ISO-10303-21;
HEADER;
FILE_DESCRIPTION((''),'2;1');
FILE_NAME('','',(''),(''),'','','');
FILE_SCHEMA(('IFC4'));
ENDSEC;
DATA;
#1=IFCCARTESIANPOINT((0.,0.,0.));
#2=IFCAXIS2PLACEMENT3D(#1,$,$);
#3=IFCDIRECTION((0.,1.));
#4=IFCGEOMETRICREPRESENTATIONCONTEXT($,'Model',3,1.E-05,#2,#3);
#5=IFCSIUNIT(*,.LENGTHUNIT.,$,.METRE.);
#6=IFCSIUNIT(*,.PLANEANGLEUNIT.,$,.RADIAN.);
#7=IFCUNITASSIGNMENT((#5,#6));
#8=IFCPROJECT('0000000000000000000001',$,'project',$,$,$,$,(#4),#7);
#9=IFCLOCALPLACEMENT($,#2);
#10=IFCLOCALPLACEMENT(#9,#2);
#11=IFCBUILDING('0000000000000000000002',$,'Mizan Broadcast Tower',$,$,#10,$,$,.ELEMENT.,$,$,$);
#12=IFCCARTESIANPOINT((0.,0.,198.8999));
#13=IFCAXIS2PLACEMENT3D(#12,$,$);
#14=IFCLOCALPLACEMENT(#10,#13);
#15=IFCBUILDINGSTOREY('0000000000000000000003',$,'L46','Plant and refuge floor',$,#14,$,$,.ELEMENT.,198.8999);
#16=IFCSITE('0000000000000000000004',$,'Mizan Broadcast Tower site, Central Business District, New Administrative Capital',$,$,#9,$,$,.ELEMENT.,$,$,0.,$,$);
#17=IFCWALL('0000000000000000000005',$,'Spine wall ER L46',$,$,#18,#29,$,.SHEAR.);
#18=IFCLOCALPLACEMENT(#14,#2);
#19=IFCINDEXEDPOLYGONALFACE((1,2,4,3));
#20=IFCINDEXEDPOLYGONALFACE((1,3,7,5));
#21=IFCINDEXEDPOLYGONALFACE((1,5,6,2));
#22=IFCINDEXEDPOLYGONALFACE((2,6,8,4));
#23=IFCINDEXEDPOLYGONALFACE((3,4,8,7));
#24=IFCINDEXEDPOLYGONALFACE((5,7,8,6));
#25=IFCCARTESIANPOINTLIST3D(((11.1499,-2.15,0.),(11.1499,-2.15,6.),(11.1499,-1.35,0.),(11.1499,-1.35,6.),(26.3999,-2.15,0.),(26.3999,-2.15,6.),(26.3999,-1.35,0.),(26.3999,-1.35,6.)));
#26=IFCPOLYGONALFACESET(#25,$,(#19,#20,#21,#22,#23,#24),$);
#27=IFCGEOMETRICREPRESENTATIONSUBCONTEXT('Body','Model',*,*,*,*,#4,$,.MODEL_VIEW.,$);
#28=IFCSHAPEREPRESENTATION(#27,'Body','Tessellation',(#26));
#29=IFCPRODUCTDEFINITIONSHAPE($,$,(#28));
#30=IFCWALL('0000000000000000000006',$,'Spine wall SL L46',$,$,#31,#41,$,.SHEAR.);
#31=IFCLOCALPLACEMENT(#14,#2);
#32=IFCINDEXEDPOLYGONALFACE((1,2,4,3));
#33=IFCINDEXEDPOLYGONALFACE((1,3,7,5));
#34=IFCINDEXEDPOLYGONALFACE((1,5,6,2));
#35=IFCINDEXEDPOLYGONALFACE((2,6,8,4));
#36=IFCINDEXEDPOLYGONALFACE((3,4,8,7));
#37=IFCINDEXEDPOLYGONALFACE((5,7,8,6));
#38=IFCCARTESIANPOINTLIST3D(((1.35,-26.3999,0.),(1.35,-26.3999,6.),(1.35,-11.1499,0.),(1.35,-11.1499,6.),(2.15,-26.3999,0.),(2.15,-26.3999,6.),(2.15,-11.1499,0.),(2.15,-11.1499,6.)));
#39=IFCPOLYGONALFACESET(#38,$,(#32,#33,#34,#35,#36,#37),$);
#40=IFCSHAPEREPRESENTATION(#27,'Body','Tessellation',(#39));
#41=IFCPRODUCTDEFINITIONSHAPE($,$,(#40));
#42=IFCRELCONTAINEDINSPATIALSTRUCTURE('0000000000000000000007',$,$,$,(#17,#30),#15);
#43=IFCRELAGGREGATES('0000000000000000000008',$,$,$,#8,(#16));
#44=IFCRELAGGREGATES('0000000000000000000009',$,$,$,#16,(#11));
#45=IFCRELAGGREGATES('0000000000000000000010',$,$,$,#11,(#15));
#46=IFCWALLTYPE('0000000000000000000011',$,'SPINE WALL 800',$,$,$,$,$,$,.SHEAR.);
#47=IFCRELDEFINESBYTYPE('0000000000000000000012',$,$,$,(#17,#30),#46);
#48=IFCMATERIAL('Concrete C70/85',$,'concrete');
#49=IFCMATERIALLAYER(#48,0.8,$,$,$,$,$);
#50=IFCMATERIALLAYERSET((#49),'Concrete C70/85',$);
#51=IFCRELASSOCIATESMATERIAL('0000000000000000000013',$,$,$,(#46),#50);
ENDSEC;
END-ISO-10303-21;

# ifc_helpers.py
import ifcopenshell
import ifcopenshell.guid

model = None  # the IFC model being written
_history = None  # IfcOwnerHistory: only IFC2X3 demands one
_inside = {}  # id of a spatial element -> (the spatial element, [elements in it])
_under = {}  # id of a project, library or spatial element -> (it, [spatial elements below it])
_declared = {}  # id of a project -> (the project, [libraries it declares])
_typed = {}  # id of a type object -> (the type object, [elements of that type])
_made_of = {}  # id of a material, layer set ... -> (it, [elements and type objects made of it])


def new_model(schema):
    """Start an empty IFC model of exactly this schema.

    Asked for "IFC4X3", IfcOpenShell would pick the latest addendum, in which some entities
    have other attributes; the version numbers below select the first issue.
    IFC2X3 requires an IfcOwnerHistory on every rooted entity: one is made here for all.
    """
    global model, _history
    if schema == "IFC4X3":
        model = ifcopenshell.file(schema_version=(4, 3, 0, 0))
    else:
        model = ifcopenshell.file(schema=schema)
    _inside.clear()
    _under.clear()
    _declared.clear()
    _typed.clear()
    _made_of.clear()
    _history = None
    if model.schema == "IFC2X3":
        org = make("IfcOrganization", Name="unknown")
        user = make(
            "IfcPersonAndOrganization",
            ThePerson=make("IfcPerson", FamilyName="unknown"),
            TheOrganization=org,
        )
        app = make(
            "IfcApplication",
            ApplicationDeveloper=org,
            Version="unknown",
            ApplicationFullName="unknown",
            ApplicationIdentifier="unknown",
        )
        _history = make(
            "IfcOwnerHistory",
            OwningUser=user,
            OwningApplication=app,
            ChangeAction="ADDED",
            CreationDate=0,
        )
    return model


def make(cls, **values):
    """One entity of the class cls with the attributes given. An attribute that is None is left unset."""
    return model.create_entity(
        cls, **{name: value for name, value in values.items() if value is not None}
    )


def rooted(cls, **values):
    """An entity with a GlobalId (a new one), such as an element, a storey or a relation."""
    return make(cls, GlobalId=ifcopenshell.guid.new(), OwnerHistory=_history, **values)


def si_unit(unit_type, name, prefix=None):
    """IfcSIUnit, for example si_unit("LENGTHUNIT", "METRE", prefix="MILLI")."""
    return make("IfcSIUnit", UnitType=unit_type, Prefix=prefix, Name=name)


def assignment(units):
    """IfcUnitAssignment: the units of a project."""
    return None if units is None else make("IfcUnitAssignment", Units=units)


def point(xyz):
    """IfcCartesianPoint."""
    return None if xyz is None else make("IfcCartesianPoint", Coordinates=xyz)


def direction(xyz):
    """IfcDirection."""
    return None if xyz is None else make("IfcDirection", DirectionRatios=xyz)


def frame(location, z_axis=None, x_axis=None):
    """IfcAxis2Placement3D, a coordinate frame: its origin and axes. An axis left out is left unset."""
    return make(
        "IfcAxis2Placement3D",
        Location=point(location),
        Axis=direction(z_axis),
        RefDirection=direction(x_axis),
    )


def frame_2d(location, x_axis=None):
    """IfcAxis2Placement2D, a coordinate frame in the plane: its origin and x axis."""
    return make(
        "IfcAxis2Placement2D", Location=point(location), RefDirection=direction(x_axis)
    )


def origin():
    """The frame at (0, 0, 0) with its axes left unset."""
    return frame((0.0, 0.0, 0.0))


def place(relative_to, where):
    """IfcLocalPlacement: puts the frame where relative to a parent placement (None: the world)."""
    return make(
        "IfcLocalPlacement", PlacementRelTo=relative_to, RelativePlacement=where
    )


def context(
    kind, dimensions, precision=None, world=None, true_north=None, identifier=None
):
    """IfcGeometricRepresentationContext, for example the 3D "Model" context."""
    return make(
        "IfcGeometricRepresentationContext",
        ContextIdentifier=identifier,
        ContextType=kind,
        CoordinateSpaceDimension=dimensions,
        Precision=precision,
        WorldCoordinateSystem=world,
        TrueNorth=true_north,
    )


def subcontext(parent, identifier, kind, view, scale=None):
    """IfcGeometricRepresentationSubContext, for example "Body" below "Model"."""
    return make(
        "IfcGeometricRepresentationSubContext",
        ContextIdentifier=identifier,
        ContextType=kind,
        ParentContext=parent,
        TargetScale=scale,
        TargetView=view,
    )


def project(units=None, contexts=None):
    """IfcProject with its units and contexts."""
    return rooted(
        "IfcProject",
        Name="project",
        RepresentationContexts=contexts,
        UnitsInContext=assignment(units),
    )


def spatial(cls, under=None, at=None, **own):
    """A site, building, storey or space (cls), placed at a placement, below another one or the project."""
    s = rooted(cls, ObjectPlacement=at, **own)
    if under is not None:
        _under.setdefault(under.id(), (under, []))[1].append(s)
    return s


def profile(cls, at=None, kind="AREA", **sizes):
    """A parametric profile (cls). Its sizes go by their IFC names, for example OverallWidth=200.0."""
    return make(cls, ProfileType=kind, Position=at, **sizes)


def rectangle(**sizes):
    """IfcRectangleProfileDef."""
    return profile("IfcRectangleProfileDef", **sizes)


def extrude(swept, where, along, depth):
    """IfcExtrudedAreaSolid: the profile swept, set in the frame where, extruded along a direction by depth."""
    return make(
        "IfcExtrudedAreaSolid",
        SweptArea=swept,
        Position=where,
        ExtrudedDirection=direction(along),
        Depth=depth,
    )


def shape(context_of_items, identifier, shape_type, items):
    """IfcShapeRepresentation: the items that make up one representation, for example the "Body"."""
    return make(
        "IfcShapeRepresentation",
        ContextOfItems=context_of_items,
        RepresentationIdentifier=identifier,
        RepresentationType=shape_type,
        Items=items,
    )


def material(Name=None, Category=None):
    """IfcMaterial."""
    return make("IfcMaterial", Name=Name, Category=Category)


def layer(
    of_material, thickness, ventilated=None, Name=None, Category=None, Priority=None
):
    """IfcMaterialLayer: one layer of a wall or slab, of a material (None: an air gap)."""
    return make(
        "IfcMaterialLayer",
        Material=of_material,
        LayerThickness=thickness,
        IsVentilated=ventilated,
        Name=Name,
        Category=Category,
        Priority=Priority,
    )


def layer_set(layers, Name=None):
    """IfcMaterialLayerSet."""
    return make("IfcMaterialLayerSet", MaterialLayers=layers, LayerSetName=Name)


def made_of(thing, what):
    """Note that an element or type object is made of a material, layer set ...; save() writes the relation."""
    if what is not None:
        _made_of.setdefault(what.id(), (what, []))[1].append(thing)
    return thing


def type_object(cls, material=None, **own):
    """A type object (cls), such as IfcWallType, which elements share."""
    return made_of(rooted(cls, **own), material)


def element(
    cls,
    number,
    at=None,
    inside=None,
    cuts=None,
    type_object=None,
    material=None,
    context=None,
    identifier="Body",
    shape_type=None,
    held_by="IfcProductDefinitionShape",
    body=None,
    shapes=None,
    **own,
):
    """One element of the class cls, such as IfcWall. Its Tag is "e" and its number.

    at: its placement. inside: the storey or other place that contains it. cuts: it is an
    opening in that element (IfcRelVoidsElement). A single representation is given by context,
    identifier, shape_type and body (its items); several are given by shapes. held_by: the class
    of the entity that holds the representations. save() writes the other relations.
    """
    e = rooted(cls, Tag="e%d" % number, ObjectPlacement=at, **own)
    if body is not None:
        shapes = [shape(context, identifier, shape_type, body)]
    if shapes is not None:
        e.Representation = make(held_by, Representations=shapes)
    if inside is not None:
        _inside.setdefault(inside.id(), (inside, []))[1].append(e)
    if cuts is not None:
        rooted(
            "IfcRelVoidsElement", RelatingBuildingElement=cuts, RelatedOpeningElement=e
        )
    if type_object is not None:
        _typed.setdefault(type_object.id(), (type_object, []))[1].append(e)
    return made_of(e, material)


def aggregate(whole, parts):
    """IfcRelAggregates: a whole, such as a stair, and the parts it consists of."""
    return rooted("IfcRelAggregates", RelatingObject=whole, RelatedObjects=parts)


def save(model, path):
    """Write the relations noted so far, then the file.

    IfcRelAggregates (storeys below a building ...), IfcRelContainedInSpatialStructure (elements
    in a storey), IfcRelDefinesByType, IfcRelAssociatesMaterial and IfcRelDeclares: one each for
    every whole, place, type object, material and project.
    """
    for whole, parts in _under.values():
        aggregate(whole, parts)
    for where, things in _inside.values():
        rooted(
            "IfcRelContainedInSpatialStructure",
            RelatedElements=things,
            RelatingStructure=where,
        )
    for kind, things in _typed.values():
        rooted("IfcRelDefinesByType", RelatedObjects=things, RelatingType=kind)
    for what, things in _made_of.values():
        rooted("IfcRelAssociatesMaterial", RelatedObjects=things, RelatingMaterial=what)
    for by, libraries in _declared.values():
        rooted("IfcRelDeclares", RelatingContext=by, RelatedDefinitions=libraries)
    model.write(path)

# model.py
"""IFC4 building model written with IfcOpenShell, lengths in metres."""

from ifc_helpers import new_model, si_unit, direction, frame, frame_2d, origin, place, context, subcontext, project, spatial, rectangle, extrude, material, layer, layer_set, type_object, element, save


model = new_model("IFC4")

# Units and contexts
model_context = context("Model", 3, precision=1e-05, world=origin(), true_north=direction((0.0, 1.0)))
body_context = subcontext(model_context, "Body", "Model", "MODEL_VIEW")
ifc_project = project(units=[si_unit("LENGTHUNIT", "METRE"), si_unit("PLANEANGLEUNIT", "RADIAN")], contexts=[model_context])

# Site, building, storey
site_placement = place(None, origin())
site = spatial("IfcSite", under=ifc_project, at=site_placement, Name="Mizan Broadcast Tower site, Central Business District, New Administrative Capital", CompositionType="ELEMENT", RefElevation=0.0)
building_placement = place(site_placement, origin())
building = spatial("IfcBuilding", under=site, at=building_placement, Name="Mizan Broadcast Tower", CompositionType="ELEMENT")
storey_placement = place(building_placement, frame((0.0, 0.0, 198.8999)))
storey = spatial("IfcBuildingStorey", under=building, at=storey_placement, Name="L46", Description="Plant and refuge floor", CompositionType="ELEMENT", Elevation=198.8999)

# Walls
ifc_material_1 = material(Name="Concrete C70/85", Category="concrete")
ifc_layer_1 = layer(ifc_material_1, 0.8)
ifc_layer_set_1 = layer_set([ifc_layer_1], Name="Concrete C70/85")
wall_type_1 = type_object("IfcWallType", Name="SPINE WALL 800", PredefinedType="SHEAR", material=ifc_layer_set_1)
for number, where, z_axis, x_axis, name in (
    (1, (11.1499, -1.75, 0.0), (0.0, 0.0, 1.0), (1.0, 0.0, 0.0), "Spine wall ER L46"),
    (2, (1.75, -11.1499, 0.0), (0.0, 0.0, 1.0), (0.0, -1.0, 0.0), "Spine wall SL L46"),
):
    element("IfcWall", number, at=place(storey_placement, frame(where, z_axis=z_axis, x_axis=x_axis)), inside=storey, type_object=wall_type_1, Name=name, PredefinedType="SHEAR", context=body_context, shape_type="SweptSolid", body=[
        extrude(rectangle(XDim=15.25, YDim=0.8, at=frame_2d((7.625, 0.0))), origin(), (0.0, 0.0, 1.0), 6.0),
    ])

save(model, "model.ifc")
